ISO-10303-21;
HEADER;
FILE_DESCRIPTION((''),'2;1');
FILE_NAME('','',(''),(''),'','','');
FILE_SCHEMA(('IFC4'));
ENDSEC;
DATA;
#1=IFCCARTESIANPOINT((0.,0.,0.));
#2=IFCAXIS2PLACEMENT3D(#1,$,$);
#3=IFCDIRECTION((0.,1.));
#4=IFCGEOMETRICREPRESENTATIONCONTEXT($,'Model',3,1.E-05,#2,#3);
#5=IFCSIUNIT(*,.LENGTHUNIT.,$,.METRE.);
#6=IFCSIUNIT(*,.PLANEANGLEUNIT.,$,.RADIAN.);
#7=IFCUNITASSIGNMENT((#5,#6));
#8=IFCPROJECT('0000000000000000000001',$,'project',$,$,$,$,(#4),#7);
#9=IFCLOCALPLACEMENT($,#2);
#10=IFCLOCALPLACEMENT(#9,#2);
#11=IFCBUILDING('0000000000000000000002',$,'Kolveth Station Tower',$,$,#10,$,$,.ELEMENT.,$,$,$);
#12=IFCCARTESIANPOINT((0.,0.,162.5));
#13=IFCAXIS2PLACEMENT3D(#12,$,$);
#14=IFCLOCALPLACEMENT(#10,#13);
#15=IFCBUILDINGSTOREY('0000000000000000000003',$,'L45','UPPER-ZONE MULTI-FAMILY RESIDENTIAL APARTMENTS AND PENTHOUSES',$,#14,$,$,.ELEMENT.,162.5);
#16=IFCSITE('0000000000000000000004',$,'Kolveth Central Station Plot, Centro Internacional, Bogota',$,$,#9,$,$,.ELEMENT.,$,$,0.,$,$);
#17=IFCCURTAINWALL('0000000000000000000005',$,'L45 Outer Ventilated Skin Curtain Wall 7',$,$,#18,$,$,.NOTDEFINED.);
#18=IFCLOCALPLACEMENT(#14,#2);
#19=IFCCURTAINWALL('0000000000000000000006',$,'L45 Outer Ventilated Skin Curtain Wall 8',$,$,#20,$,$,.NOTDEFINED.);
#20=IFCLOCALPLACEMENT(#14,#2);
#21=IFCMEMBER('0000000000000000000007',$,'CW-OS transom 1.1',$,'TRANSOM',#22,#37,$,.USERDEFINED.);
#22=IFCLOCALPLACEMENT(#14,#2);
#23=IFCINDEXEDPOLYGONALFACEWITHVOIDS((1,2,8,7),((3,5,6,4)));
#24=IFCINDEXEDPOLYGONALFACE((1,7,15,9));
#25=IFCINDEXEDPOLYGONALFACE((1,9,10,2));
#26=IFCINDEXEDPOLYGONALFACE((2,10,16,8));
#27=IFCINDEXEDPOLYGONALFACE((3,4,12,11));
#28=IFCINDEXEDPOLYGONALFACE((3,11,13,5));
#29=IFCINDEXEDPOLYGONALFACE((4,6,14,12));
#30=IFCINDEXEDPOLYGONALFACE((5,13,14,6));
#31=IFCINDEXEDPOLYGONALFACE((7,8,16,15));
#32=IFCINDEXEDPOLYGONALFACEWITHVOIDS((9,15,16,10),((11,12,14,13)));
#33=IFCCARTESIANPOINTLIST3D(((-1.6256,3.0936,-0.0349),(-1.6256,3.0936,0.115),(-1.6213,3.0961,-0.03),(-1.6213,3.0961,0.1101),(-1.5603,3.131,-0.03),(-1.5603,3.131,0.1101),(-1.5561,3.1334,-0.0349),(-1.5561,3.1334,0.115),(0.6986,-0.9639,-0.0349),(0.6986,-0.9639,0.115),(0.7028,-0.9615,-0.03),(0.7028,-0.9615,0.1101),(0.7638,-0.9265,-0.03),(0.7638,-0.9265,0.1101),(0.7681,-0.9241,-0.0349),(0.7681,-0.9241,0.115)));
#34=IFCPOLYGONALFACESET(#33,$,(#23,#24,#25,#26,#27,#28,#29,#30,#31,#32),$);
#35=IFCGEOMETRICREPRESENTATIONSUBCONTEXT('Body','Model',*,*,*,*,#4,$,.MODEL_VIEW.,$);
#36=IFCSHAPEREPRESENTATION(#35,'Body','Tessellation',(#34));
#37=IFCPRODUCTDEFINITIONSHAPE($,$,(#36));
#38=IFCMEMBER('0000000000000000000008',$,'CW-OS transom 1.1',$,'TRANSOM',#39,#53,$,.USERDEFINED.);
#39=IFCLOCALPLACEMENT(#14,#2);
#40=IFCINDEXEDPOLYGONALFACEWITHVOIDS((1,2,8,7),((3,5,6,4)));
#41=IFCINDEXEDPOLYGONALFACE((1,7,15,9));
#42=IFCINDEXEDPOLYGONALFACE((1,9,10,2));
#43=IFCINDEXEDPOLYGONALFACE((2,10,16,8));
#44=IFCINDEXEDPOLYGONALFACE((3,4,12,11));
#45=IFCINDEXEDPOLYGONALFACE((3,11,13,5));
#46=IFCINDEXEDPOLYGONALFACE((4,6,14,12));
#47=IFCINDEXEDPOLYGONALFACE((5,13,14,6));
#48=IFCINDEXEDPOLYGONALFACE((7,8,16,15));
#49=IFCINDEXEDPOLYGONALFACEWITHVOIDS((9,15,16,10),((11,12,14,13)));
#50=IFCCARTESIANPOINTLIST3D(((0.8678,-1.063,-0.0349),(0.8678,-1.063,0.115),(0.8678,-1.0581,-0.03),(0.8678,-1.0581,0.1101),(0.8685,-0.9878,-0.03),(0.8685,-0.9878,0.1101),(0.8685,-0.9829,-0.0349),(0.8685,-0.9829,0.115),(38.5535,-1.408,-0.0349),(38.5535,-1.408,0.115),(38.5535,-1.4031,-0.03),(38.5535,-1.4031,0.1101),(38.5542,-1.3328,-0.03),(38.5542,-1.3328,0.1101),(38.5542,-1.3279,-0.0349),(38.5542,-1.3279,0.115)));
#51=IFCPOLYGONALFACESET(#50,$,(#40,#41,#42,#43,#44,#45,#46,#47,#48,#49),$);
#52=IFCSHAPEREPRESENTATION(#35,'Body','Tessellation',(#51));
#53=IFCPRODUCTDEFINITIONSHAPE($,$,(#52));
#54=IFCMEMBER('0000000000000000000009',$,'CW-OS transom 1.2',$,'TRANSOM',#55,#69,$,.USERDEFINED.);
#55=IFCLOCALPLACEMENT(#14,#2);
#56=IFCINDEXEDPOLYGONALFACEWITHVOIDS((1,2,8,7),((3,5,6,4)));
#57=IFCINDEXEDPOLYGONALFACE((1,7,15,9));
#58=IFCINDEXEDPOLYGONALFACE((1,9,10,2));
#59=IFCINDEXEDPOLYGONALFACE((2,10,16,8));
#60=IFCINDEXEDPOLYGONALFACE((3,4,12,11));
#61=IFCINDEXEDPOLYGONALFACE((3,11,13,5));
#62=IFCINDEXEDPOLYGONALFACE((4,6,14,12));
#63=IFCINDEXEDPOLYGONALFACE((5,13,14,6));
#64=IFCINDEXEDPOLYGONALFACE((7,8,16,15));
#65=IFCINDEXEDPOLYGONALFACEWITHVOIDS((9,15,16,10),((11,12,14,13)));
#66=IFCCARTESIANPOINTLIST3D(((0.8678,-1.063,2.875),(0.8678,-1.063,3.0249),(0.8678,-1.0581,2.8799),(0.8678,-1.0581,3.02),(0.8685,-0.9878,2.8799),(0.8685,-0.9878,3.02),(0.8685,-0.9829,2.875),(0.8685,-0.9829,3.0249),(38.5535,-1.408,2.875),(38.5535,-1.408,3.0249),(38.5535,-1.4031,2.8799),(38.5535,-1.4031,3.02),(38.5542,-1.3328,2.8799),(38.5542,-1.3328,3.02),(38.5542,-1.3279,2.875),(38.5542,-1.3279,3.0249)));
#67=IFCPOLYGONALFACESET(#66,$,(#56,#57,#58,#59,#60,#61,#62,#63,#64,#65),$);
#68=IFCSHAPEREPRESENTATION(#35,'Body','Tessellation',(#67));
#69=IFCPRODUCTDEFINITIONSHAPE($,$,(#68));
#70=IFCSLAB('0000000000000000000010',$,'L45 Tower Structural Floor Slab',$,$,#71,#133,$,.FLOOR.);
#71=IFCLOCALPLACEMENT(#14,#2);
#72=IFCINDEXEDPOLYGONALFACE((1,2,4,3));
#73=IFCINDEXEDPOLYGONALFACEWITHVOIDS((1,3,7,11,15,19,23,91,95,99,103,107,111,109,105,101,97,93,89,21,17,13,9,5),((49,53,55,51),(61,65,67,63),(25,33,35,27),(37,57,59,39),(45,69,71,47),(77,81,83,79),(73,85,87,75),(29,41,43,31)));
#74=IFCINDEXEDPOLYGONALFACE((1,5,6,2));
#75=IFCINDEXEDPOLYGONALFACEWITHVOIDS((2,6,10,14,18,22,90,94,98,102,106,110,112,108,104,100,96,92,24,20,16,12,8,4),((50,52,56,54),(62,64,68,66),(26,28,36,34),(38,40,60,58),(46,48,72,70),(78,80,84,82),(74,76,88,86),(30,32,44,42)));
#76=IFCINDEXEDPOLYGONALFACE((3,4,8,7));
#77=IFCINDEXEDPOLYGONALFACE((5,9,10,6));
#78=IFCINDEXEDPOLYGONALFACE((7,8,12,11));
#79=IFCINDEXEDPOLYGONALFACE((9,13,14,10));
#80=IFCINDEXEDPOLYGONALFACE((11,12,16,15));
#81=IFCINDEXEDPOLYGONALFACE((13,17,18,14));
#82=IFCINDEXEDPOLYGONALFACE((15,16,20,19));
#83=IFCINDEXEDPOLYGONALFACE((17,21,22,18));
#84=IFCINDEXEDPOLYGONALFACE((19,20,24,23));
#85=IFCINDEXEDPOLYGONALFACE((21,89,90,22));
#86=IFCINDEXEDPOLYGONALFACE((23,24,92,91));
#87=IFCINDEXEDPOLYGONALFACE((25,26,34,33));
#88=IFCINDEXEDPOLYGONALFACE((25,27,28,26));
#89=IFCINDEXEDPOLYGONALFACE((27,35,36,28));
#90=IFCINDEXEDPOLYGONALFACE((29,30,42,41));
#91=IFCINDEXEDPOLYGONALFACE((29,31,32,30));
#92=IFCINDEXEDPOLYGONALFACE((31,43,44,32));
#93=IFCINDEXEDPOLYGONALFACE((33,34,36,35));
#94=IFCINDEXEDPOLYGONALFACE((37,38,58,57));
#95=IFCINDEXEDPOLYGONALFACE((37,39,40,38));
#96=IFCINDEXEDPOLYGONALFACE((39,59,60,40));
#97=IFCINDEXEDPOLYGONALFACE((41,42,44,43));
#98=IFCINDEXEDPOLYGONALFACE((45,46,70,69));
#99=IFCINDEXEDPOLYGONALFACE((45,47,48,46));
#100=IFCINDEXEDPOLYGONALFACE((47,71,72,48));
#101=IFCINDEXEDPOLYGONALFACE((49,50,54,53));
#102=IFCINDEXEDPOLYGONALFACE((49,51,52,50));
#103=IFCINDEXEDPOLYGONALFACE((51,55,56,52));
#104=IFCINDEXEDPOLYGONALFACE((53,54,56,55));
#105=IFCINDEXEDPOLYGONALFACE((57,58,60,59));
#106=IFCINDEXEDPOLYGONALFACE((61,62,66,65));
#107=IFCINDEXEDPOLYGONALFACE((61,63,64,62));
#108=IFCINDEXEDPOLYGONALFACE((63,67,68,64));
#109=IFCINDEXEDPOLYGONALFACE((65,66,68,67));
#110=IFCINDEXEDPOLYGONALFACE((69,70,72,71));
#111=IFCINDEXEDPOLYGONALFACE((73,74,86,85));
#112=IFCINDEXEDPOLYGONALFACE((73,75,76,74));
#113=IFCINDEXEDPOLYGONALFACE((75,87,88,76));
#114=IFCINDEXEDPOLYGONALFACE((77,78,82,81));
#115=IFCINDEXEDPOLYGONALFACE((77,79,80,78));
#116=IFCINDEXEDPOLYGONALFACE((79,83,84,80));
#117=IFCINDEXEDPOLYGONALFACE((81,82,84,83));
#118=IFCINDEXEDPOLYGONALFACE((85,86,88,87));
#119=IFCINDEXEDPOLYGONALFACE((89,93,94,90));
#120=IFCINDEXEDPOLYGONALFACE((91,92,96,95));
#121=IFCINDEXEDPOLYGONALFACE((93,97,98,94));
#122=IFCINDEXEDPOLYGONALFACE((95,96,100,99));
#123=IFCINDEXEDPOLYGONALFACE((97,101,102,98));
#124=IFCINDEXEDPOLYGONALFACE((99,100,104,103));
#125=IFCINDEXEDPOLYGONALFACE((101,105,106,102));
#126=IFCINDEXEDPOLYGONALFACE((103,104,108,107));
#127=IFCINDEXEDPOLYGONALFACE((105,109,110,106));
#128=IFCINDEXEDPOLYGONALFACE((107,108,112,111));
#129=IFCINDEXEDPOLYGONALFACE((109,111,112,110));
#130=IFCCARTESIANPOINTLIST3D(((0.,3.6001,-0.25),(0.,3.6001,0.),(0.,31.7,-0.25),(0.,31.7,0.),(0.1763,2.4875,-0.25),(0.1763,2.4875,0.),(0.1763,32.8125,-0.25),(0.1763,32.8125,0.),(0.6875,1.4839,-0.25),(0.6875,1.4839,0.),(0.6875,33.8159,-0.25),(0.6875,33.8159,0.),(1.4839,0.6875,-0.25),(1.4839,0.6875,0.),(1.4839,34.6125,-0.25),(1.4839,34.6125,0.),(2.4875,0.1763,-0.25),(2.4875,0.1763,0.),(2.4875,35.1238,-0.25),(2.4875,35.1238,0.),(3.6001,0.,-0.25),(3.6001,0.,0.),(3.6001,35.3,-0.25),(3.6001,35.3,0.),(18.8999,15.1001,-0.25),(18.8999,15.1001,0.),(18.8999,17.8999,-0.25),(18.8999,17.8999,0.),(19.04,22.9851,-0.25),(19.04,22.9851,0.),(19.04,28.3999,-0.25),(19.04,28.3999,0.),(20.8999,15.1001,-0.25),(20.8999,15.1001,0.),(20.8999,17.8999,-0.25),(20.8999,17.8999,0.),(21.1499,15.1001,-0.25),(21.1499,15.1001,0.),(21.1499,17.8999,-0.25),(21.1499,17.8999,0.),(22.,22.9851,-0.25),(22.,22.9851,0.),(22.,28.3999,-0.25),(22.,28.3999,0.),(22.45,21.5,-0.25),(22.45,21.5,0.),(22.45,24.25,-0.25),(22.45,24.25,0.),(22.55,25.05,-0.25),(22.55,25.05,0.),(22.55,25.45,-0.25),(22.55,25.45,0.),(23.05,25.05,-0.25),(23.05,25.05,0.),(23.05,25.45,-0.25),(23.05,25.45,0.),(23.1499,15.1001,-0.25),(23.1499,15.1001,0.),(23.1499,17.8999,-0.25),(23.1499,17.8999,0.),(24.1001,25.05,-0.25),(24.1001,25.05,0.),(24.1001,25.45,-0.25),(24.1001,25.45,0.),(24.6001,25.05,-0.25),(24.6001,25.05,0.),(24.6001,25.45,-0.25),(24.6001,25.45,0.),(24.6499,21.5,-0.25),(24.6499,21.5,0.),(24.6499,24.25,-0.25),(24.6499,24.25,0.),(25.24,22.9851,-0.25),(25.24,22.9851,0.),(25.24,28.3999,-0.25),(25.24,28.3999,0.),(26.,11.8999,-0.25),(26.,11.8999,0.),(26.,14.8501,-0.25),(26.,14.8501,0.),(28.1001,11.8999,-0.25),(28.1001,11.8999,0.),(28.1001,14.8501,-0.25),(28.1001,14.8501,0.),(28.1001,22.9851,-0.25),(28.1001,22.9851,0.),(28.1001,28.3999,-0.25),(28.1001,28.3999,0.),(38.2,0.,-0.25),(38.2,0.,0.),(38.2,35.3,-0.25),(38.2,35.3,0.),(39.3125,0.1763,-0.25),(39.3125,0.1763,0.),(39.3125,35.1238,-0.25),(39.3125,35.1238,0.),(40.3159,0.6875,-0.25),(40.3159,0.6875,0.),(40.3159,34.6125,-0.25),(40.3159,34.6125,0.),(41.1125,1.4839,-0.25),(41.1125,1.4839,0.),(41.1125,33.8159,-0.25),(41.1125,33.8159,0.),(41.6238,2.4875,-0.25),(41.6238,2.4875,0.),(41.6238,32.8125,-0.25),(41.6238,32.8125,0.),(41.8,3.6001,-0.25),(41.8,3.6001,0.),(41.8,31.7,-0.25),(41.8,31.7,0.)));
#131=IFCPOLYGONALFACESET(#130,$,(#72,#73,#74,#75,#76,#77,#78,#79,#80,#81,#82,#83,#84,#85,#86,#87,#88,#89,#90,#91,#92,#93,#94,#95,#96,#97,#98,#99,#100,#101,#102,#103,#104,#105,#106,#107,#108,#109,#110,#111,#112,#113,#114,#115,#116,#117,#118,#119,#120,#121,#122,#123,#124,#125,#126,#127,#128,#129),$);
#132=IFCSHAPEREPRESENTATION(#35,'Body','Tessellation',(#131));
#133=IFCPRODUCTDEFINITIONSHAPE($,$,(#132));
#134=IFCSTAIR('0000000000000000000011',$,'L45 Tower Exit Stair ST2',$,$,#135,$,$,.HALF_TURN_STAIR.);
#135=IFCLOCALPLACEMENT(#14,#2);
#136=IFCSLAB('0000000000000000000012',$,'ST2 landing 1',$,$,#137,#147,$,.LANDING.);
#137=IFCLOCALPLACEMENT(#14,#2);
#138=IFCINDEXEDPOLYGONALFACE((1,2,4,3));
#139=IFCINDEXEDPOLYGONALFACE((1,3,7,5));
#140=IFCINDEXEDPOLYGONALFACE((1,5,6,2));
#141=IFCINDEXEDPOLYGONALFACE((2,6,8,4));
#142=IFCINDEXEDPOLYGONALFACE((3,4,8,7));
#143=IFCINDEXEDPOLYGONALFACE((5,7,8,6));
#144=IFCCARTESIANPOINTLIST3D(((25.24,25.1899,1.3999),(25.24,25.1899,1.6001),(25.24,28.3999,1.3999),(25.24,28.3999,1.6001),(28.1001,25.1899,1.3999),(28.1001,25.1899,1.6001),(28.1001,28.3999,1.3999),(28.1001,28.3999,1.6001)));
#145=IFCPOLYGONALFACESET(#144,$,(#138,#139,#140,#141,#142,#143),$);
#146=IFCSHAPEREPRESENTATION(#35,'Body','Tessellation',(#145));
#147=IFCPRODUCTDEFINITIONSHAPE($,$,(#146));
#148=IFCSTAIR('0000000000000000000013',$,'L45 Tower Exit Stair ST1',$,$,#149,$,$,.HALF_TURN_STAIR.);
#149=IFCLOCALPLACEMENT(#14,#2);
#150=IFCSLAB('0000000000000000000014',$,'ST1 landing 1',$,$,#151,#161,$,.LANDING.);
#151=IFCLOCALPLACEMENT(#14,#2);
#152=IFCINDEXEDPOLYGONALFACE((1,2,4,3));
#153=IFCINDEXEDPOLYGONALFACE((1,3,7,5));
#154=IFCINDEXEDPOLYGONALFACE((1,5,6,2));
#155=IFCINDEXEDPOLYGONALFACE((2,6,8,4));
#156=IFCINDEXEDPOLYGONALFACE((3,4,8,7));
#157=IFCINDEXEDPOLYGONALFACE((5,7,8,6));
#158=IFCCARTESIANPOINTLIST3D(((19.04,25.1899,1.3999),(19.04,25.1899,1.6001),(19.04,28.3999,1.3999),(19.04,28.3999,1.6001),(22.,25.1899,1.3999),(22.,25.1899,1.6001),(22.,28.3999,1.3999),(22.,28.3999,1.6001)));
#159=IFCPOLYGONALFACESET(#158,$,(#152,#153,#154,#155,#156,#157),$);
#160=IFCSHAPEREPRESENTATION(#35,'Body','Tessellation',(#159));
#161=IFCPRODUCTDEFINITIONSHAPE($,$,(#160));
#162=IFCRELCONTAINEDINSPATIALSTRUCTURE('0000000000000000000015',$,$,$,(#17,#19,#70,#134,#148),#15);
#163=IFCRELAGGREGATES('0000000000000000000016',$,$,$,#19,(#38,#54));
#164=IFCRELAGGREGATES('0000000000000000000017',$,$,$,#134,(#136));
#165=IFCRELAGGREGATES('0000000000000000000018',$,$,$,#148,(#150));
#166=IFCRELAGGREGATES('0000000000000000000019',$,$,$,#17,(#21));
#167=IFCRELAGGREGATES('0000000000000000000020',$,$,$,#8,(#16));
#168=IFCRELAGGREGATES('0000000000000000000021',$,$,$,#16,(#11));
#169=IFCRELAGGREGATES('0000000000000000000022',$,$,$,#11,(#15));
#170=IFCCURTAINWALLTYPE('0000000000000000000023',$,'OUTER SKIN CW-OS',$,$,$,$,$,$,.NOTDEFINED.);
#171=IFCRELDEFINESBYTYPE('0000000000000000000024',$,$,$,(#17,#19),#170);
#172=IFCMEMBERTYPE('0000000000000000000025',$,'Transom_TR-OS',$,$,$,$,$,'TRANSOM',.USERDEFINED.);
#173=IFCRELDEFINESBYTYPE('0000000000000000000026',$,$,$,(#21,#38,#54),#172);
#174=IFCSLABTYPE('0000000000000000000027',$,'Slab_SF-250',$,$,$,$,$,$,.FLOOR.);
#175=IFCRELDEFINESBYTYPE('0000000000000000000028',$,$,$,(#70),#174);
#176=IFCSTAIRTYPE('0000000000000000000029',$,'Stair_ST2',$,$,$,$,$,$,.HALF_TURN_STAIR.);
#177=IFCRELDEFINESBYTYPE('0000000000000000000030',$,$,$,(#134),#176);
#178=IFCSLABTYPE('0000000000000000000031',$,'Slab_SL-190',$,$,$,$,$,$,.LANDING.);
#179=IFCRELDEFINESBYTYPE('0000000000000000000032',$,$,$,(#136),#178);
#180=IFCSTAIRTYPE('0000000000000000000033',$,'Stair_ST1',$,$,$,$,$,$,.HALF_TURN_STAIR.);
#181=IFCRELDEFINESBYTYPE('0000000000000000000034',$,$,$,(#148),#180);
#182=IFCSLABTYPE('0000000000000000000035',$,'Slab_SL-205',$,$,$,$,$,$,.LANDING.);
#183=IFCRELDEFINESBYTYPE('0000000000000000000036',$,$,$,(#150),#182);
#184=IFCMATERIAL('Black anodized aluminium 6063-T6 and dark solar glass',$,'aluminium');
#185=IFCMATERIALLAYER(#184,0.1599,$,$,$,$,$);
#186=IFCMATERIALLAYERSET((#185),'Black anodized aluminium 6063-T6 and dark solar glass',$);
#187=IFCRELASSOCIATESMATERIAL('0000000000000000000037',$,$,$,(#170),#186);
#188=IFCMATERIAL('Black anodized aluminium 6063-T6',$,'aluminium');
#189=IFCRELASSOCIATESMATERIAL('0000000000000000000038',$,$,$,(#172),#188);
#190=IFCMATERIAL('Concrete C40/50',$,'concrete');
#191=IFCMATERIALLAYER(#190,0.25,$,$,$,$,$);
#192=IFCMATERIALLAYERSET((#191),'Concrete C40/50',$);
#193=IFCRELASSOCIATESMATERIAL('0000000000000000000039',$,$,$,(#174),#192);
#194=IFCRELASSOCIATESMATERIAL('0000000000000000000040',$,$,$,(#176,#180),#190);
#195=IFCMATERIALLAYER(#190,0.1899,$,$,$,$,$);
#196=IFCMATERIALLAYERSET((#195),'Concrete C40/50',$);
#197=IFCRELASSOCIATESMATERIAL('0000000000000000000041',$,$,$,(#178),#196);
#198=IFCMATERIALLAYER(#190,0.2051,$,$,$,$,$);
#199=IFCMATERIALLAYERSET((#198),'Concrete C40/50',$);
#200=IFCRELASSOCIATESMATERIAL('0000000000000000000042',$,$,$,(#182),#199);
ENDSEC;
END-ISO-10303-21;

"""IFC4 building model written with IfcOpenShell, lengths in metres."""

from ifc_helpers import new_model, si_unit, direction, frame, origin, origin_2d, place, context, subcontext, project, spatial, polyline, hollow_rectangle, outline, extrude, source, transform, mapped, material, layer, layer_set, material_profile, profile_set, type_object, element, aggregate, save


model = new_model("IFC4")

# Units and contexts
model_context = context("Model", 3, precision=1e-05, world=origin(), true_north=direction((0.0, 1.0)))
body_context = subcontext(model_context, "Body", "Model", "MODEL_VIEW")
ifc_project = project(units=[si_unit("LENGTHUNIT", "METRE"), si_unit("PLANEANGLEUNIT", "RADIAN")], contexts=[model_context])

# Site, building, storey
site_placement = place(None, origin())
site = spatial("IfcSite", under=ifc_project, at=site_placement, Name="Kolveth Central Station Plot, Centro Internacional, Bogota", CompositionType="ELEMENT", RefElevation=0.0)
building_placement = place(site_placement, origin())
building = spatial("IfcBuilding", under=site, at=building_placement, Name="Kolveth Station Tower", CompositionType="ELEMENT")
storey_placement = place(building_placement, frame((0.0, 0.0, 162.5)))
storey = spatial("IfcBuildingStorey", under=building, at=storey_placement, Name="L45", Description="UPPER-ZONE MULTI-FAMILY RESIDENTIAL APARTMENTS AND PENTHOUSES", CompositionType="ELEMENT", Elevation=162.5)

# Shared definitions
ifc_material_1 = material(Name="Black anodized aluminium 6063-T6", Category="aluminium")

# Curtain walls
ifc_material_2 = material(Name="Black anodized aluminium 6063-T6 and dark solar glass", Category="aluminium")
ifc_layer_1 = layer(ifc_material_2, 0.1599)
ifc_layer_set_1 = layer_set([ifc_layer_1], Name="Black anodized aluminium 6063-T6 and dark solar glass")
curtain_wall_type_1 = type_object("IfcCurtainWallType", Name="OUTER SKIN CW-OS", PredefinedType="NOTDEFINED", material=ifc_layer_set_1)
curtain_wall_1_placement = place(storey_placement, origin())
curtain_wall_1 = element("IfcCurtainWall", 1, at=curtain_wall_1_placement, inside=storey, type_object=curtain_wall_type_1, Name="L45 Outer Ventilated Skin Curtain Wall 7", PredefinedType="NOTDEFINED")
curtain_wall_2_placement = place(storey_placement, origin())
curtain_wall_2 = element("IfcCurtainWall", 2, at=curtain_wall_2_placement, inside=storey, type_object=curtain_wall_type_1, Name="L45 Outer Ventilated Skin Curtain Wall 8", PredefinedType="NOTDEFINED")

# Members
ifc_material_profile_1 = material_profile(ifc_material_1, hollow_rectangle(XDim=0.0801, YDim=0.1499, WallThickness=0.0049, at=origin_2d()), Name="ALU-80x150x5")
ifc_profile_set_1 = profile_set([ifc_material_profile_1], Name="Black anodized aluminium 6063-T6")
member_type_1 = type_object("IfcMemberType", Name="Transom_TR-OS", ElementType="TRANSOM", PredefinedType="USERDEFINED", material=ifc_profile_set_1)
shared_shape_1 = source(origin(), body_context, "Body", "SweptSolid", [
    extrude(hollow_rectangle(XDim=0.0801, YDim=0.1499, WallThickness=0.0049, at=origin_2d()), origin(), (0.0, 0.0, 1.0), 4.676),
])
member_1_placement = place(storey_placement, frame((-1.5908, 3.1135, 0.04), z_axis=(0.497038, -0.867729, 0.0), x_axis=(0.867729, 0.497038, 0.0)))
member_1 = element("IfcMember", 3, at=member_1_placement, type_object=member_type_1, Name="CW-OS transom 1.1", ObjectType="TRANSOM", PredefinedType="USERDEFINED", context=body_context, shape_type="MappedRepresentation", body=[
    mapped(shared_shape_1, transform((0.0, 0.0, 0.0), x_axis=(1.0, 0.0, 0.0), y_axis=(0.0, 1.0, 0.0), z_axis=(0.0, 0.0, 1.0), scale=1.0)),
])
shared_shape_2 = source(origin(), body_context, "Body", "SweptSolid", [
    extrude(hollow_rectangle(XDim=0.0801, YDim=0.1499, WallThickness=0.0049, at=origin_2d()), origin(), (0.0, 0.0, 1.0), 37.6873),
])
member_2_placement = place(storey_placement, frame((0.8682, -1.0229, 0.04), z_axis=(0.999958, -0.009153, 0.0), x_axis=(0.009153, 0.999958, 0.0)))
member_2 = element("IfcMember", 4, at=member_2_placement, type_object=member_type_1, Name="CW-OS transom 1.1", ObjectType="TRANSOM", PredefinedType="USERDEFINED", context=body_context, shape_type="MappedRepresentation", body=[
    mapped(shared_shape_2, transform((0.0, 0.0, 0.0), x_axis=(1.0, 0.0, 0.0), y_axis=(0.0, 1.0, 0.0), z_axis=(0.0, 0.0, 1.0), scale=1.0)),
])
member_3_placement = place(storey_placement, frame((0.8682, -1.0229, 2.95), z_axis=(0.999958, -0.009153, 0.0), x_axis=(0.009153, 0.999958, 0.0)))
member_3 = element("IfcMember", 5, at=member_3_placement, type_object=member_type_1, Name="CW-OS transom 1.2", ObjectType="TRANSOM", PredefinedType="USERDEFINED", context=body_context, shape_type="MappedRepresentation", body=[
    mapped(shared_shape_2, transform((0.0, 0.0, 0.0), x_axis=(1.0, 0.0, 0.0), y_axis=(0.0, 1.0, 0.0), z_axis=(0.0, 0.0, 1.0), scale=1.0)),
])
aggregate(curtain_wall_2, [member_2, member_3])

# Slab
ifc_material_3 = material(Name="Concrete C40/50", Category="concrete")
ifc_layer_2 = layer(ifc_material_3, 0.25)
ifc_layer_set_2 = layer_set([ifc_layer_2], Name="Concrete C40/50")
slab_type_1 = type_object("IfcSlabType", Name="Slab_SF-250", PredefinedType="FLOOR", material=ifc_layer_set_2)
slab_1_placement = place(storey_placement, frame((0.0, 0.0, -0.25)))
element("IfcSlab", 6, at=slab_1_placement, inside=storey, type_object=slab_type_1, Name="L45 Tower Structural Floor Slab", PredefinedType="FLOOR", context=body_context, shape_type="SweptSolid", body=[
    extrude(outline(polyline([(38.2, 0.0), (39.3125, 0.1763), (40.3159, 0.6875), (41.1125, 1.4839), (41.6238, 2.4875), (41.8, 3.6001), (41.8, 31.7), (41.6238, 32.8125), (41.1125, 33.8159), (40.3159, 34.6125), (39.3125, 35.1238), (38.2, 35.3), (3.6001, 35.3), (2.4875, 35.1238), (1.4839, 34.6125), (0.6875, 33.8159), (0.1763, 32.8125), (0.0, 31.7), (0.0, 3.6001), (0.1763, 2.4875), (0.6875, 1.4839), (1.4839, 0.6875), (2.4875, 0.1763), (3.6001, 0.0), (38.2, 0.0)]), holes=[polyline([(19.04, 22.9851), (22.0, 22.9851), (22.0, 28.3999), (19.04, 28.3999), (19.04, 22.9851)]), polyline([(25.24, 22.9851), (28.1001, 22.9851), (28.1001, 28.3999), (25.24, 28.3999), (25.24, 22.9851)]), polyline([(18.8999, 15.1001), (20.8999, 15.1001), (20.8999, 17.8999), (18.8999, 17.8999), (18.8999, 15.1001)]), polyline([(21.1499, 15.1001), (23.1499, 15.1001), (23.1499, 17.8999), (21.1499, 17.8999), (21.1499, 15.1001)]), polyline([(22.45, 21.5), (24.6499, 21.5), (24.6499, 24.25), (22.45, 24.25), (22.45, 21.5)]), polyline([(26.0, 11.8999), (28.1001, 11.8999), (28.1001, 14.8501), (26.0, 14.8501), (26.0, 11.8999)]), polyline([(22.55, 25.05), (23.05, 25.05), (23.05, 25.45), (22.55, 25.45), (22.55, 25.05)]), polyline([(24.1001, 25.05), (24.6001, 25.05), (24.6001, 25.45), (24.1001, 25.45), (24.1001, 25.05)])]), origin(), (0.0, 0.0, 1.0), 0.25),
])

# Stairs, slabs
stair_type_1 = type_object("IfcStairType", Name="Stair_ST2", PredefinedType="HALF_TURN_STAIR", material=ifc_material_3)
stair_1_placement = place(storey_placement, origin())
stair_1 = element("IfcStair", 7, at=stair_1_placement, inside=storey, type_object=stair_type_1, Name="L45 Tower Exit Stair ST2", PredefinedType="HALF_TURN_STAIR")
ifc_layer_3 = layer(ifc_material_3, 0.1899)
ifc_layer_set_3 = layer_set([ifc_layer_3], Name="Concrete C40/50")
slab_type_2 = type_object("IfcSlabType", Name="Slab_SL-190", PredefinedType="LANDING", material=ifc_layer_set_3)
slab_2_placement = place(storey_placement, frame((0.0, 0.0, 1.3999)))
slab_2 = element("IfcSlab", 8, at=slab_2_placement, type_object=slab_type_2, Name="ST2 landing 1", PredefinedType="LANDING", context=body_context, shape_type="SweptSolid", body=[
    extrude(outline(polyline([(28.1001, 25.1899), (28.1001, 28.3999), (25.24, 28.3999), (25.24, 25.1899), (28.1001, 25.1899)])), origin(), (0.0, 0.0, 1.0), 0.2002),
])
aggregate(stair_1, [slab_2])
stair_type_2 = type_object("IfcStairType", Name="Stair_ST1", PredefinedType="HALF_TURN_STAIR", material=ifc_material_3)
stair_2_placement = place(storey_placement, origin())
stair_2 = element("IfcStair", 9, at=stair_2_placement, inside=storey, type_object=stair_type_2, Name="L45 Tower Exit Stair ST1", PredefinedType="HALF_TURN_STAIR")
ifc_layer_4 = layer(ifc_material_3, 0.2051)
ifc_layer_set_4 = layer_set([ifc_layer_4], Name="Concrete C40/50")
slab_type_3 = type_object("IfcSlabType", Name="Slab_SL-205", PredefinedType="LANDING", material=ifc_layer_set_4)
slab_3_placement = place(storey_placement, frame((0.0, 0.0, 1.3999)))
slab_3 = element("IfcSlab", 10, at=slab_3_placement, type_object=slab_type_3, Name="ST1 landing 1", PredefinedType="LANDING", context=body_context, shape_type="SweptSolid", body=[
    extrude(outline(polyline([(22.0, 25.1899), (22.0, 28.3999), (19.04, 28.3999), (19.04, 25.1899), (22.0, 25.1899)])), origin(), (0.0, 0.0, 1.0), 0.2002),
])
aggregate(stair_2, [slab_3])

aggregate(curtain_wall_1, [member_1])

save(model, "model.ifc")
